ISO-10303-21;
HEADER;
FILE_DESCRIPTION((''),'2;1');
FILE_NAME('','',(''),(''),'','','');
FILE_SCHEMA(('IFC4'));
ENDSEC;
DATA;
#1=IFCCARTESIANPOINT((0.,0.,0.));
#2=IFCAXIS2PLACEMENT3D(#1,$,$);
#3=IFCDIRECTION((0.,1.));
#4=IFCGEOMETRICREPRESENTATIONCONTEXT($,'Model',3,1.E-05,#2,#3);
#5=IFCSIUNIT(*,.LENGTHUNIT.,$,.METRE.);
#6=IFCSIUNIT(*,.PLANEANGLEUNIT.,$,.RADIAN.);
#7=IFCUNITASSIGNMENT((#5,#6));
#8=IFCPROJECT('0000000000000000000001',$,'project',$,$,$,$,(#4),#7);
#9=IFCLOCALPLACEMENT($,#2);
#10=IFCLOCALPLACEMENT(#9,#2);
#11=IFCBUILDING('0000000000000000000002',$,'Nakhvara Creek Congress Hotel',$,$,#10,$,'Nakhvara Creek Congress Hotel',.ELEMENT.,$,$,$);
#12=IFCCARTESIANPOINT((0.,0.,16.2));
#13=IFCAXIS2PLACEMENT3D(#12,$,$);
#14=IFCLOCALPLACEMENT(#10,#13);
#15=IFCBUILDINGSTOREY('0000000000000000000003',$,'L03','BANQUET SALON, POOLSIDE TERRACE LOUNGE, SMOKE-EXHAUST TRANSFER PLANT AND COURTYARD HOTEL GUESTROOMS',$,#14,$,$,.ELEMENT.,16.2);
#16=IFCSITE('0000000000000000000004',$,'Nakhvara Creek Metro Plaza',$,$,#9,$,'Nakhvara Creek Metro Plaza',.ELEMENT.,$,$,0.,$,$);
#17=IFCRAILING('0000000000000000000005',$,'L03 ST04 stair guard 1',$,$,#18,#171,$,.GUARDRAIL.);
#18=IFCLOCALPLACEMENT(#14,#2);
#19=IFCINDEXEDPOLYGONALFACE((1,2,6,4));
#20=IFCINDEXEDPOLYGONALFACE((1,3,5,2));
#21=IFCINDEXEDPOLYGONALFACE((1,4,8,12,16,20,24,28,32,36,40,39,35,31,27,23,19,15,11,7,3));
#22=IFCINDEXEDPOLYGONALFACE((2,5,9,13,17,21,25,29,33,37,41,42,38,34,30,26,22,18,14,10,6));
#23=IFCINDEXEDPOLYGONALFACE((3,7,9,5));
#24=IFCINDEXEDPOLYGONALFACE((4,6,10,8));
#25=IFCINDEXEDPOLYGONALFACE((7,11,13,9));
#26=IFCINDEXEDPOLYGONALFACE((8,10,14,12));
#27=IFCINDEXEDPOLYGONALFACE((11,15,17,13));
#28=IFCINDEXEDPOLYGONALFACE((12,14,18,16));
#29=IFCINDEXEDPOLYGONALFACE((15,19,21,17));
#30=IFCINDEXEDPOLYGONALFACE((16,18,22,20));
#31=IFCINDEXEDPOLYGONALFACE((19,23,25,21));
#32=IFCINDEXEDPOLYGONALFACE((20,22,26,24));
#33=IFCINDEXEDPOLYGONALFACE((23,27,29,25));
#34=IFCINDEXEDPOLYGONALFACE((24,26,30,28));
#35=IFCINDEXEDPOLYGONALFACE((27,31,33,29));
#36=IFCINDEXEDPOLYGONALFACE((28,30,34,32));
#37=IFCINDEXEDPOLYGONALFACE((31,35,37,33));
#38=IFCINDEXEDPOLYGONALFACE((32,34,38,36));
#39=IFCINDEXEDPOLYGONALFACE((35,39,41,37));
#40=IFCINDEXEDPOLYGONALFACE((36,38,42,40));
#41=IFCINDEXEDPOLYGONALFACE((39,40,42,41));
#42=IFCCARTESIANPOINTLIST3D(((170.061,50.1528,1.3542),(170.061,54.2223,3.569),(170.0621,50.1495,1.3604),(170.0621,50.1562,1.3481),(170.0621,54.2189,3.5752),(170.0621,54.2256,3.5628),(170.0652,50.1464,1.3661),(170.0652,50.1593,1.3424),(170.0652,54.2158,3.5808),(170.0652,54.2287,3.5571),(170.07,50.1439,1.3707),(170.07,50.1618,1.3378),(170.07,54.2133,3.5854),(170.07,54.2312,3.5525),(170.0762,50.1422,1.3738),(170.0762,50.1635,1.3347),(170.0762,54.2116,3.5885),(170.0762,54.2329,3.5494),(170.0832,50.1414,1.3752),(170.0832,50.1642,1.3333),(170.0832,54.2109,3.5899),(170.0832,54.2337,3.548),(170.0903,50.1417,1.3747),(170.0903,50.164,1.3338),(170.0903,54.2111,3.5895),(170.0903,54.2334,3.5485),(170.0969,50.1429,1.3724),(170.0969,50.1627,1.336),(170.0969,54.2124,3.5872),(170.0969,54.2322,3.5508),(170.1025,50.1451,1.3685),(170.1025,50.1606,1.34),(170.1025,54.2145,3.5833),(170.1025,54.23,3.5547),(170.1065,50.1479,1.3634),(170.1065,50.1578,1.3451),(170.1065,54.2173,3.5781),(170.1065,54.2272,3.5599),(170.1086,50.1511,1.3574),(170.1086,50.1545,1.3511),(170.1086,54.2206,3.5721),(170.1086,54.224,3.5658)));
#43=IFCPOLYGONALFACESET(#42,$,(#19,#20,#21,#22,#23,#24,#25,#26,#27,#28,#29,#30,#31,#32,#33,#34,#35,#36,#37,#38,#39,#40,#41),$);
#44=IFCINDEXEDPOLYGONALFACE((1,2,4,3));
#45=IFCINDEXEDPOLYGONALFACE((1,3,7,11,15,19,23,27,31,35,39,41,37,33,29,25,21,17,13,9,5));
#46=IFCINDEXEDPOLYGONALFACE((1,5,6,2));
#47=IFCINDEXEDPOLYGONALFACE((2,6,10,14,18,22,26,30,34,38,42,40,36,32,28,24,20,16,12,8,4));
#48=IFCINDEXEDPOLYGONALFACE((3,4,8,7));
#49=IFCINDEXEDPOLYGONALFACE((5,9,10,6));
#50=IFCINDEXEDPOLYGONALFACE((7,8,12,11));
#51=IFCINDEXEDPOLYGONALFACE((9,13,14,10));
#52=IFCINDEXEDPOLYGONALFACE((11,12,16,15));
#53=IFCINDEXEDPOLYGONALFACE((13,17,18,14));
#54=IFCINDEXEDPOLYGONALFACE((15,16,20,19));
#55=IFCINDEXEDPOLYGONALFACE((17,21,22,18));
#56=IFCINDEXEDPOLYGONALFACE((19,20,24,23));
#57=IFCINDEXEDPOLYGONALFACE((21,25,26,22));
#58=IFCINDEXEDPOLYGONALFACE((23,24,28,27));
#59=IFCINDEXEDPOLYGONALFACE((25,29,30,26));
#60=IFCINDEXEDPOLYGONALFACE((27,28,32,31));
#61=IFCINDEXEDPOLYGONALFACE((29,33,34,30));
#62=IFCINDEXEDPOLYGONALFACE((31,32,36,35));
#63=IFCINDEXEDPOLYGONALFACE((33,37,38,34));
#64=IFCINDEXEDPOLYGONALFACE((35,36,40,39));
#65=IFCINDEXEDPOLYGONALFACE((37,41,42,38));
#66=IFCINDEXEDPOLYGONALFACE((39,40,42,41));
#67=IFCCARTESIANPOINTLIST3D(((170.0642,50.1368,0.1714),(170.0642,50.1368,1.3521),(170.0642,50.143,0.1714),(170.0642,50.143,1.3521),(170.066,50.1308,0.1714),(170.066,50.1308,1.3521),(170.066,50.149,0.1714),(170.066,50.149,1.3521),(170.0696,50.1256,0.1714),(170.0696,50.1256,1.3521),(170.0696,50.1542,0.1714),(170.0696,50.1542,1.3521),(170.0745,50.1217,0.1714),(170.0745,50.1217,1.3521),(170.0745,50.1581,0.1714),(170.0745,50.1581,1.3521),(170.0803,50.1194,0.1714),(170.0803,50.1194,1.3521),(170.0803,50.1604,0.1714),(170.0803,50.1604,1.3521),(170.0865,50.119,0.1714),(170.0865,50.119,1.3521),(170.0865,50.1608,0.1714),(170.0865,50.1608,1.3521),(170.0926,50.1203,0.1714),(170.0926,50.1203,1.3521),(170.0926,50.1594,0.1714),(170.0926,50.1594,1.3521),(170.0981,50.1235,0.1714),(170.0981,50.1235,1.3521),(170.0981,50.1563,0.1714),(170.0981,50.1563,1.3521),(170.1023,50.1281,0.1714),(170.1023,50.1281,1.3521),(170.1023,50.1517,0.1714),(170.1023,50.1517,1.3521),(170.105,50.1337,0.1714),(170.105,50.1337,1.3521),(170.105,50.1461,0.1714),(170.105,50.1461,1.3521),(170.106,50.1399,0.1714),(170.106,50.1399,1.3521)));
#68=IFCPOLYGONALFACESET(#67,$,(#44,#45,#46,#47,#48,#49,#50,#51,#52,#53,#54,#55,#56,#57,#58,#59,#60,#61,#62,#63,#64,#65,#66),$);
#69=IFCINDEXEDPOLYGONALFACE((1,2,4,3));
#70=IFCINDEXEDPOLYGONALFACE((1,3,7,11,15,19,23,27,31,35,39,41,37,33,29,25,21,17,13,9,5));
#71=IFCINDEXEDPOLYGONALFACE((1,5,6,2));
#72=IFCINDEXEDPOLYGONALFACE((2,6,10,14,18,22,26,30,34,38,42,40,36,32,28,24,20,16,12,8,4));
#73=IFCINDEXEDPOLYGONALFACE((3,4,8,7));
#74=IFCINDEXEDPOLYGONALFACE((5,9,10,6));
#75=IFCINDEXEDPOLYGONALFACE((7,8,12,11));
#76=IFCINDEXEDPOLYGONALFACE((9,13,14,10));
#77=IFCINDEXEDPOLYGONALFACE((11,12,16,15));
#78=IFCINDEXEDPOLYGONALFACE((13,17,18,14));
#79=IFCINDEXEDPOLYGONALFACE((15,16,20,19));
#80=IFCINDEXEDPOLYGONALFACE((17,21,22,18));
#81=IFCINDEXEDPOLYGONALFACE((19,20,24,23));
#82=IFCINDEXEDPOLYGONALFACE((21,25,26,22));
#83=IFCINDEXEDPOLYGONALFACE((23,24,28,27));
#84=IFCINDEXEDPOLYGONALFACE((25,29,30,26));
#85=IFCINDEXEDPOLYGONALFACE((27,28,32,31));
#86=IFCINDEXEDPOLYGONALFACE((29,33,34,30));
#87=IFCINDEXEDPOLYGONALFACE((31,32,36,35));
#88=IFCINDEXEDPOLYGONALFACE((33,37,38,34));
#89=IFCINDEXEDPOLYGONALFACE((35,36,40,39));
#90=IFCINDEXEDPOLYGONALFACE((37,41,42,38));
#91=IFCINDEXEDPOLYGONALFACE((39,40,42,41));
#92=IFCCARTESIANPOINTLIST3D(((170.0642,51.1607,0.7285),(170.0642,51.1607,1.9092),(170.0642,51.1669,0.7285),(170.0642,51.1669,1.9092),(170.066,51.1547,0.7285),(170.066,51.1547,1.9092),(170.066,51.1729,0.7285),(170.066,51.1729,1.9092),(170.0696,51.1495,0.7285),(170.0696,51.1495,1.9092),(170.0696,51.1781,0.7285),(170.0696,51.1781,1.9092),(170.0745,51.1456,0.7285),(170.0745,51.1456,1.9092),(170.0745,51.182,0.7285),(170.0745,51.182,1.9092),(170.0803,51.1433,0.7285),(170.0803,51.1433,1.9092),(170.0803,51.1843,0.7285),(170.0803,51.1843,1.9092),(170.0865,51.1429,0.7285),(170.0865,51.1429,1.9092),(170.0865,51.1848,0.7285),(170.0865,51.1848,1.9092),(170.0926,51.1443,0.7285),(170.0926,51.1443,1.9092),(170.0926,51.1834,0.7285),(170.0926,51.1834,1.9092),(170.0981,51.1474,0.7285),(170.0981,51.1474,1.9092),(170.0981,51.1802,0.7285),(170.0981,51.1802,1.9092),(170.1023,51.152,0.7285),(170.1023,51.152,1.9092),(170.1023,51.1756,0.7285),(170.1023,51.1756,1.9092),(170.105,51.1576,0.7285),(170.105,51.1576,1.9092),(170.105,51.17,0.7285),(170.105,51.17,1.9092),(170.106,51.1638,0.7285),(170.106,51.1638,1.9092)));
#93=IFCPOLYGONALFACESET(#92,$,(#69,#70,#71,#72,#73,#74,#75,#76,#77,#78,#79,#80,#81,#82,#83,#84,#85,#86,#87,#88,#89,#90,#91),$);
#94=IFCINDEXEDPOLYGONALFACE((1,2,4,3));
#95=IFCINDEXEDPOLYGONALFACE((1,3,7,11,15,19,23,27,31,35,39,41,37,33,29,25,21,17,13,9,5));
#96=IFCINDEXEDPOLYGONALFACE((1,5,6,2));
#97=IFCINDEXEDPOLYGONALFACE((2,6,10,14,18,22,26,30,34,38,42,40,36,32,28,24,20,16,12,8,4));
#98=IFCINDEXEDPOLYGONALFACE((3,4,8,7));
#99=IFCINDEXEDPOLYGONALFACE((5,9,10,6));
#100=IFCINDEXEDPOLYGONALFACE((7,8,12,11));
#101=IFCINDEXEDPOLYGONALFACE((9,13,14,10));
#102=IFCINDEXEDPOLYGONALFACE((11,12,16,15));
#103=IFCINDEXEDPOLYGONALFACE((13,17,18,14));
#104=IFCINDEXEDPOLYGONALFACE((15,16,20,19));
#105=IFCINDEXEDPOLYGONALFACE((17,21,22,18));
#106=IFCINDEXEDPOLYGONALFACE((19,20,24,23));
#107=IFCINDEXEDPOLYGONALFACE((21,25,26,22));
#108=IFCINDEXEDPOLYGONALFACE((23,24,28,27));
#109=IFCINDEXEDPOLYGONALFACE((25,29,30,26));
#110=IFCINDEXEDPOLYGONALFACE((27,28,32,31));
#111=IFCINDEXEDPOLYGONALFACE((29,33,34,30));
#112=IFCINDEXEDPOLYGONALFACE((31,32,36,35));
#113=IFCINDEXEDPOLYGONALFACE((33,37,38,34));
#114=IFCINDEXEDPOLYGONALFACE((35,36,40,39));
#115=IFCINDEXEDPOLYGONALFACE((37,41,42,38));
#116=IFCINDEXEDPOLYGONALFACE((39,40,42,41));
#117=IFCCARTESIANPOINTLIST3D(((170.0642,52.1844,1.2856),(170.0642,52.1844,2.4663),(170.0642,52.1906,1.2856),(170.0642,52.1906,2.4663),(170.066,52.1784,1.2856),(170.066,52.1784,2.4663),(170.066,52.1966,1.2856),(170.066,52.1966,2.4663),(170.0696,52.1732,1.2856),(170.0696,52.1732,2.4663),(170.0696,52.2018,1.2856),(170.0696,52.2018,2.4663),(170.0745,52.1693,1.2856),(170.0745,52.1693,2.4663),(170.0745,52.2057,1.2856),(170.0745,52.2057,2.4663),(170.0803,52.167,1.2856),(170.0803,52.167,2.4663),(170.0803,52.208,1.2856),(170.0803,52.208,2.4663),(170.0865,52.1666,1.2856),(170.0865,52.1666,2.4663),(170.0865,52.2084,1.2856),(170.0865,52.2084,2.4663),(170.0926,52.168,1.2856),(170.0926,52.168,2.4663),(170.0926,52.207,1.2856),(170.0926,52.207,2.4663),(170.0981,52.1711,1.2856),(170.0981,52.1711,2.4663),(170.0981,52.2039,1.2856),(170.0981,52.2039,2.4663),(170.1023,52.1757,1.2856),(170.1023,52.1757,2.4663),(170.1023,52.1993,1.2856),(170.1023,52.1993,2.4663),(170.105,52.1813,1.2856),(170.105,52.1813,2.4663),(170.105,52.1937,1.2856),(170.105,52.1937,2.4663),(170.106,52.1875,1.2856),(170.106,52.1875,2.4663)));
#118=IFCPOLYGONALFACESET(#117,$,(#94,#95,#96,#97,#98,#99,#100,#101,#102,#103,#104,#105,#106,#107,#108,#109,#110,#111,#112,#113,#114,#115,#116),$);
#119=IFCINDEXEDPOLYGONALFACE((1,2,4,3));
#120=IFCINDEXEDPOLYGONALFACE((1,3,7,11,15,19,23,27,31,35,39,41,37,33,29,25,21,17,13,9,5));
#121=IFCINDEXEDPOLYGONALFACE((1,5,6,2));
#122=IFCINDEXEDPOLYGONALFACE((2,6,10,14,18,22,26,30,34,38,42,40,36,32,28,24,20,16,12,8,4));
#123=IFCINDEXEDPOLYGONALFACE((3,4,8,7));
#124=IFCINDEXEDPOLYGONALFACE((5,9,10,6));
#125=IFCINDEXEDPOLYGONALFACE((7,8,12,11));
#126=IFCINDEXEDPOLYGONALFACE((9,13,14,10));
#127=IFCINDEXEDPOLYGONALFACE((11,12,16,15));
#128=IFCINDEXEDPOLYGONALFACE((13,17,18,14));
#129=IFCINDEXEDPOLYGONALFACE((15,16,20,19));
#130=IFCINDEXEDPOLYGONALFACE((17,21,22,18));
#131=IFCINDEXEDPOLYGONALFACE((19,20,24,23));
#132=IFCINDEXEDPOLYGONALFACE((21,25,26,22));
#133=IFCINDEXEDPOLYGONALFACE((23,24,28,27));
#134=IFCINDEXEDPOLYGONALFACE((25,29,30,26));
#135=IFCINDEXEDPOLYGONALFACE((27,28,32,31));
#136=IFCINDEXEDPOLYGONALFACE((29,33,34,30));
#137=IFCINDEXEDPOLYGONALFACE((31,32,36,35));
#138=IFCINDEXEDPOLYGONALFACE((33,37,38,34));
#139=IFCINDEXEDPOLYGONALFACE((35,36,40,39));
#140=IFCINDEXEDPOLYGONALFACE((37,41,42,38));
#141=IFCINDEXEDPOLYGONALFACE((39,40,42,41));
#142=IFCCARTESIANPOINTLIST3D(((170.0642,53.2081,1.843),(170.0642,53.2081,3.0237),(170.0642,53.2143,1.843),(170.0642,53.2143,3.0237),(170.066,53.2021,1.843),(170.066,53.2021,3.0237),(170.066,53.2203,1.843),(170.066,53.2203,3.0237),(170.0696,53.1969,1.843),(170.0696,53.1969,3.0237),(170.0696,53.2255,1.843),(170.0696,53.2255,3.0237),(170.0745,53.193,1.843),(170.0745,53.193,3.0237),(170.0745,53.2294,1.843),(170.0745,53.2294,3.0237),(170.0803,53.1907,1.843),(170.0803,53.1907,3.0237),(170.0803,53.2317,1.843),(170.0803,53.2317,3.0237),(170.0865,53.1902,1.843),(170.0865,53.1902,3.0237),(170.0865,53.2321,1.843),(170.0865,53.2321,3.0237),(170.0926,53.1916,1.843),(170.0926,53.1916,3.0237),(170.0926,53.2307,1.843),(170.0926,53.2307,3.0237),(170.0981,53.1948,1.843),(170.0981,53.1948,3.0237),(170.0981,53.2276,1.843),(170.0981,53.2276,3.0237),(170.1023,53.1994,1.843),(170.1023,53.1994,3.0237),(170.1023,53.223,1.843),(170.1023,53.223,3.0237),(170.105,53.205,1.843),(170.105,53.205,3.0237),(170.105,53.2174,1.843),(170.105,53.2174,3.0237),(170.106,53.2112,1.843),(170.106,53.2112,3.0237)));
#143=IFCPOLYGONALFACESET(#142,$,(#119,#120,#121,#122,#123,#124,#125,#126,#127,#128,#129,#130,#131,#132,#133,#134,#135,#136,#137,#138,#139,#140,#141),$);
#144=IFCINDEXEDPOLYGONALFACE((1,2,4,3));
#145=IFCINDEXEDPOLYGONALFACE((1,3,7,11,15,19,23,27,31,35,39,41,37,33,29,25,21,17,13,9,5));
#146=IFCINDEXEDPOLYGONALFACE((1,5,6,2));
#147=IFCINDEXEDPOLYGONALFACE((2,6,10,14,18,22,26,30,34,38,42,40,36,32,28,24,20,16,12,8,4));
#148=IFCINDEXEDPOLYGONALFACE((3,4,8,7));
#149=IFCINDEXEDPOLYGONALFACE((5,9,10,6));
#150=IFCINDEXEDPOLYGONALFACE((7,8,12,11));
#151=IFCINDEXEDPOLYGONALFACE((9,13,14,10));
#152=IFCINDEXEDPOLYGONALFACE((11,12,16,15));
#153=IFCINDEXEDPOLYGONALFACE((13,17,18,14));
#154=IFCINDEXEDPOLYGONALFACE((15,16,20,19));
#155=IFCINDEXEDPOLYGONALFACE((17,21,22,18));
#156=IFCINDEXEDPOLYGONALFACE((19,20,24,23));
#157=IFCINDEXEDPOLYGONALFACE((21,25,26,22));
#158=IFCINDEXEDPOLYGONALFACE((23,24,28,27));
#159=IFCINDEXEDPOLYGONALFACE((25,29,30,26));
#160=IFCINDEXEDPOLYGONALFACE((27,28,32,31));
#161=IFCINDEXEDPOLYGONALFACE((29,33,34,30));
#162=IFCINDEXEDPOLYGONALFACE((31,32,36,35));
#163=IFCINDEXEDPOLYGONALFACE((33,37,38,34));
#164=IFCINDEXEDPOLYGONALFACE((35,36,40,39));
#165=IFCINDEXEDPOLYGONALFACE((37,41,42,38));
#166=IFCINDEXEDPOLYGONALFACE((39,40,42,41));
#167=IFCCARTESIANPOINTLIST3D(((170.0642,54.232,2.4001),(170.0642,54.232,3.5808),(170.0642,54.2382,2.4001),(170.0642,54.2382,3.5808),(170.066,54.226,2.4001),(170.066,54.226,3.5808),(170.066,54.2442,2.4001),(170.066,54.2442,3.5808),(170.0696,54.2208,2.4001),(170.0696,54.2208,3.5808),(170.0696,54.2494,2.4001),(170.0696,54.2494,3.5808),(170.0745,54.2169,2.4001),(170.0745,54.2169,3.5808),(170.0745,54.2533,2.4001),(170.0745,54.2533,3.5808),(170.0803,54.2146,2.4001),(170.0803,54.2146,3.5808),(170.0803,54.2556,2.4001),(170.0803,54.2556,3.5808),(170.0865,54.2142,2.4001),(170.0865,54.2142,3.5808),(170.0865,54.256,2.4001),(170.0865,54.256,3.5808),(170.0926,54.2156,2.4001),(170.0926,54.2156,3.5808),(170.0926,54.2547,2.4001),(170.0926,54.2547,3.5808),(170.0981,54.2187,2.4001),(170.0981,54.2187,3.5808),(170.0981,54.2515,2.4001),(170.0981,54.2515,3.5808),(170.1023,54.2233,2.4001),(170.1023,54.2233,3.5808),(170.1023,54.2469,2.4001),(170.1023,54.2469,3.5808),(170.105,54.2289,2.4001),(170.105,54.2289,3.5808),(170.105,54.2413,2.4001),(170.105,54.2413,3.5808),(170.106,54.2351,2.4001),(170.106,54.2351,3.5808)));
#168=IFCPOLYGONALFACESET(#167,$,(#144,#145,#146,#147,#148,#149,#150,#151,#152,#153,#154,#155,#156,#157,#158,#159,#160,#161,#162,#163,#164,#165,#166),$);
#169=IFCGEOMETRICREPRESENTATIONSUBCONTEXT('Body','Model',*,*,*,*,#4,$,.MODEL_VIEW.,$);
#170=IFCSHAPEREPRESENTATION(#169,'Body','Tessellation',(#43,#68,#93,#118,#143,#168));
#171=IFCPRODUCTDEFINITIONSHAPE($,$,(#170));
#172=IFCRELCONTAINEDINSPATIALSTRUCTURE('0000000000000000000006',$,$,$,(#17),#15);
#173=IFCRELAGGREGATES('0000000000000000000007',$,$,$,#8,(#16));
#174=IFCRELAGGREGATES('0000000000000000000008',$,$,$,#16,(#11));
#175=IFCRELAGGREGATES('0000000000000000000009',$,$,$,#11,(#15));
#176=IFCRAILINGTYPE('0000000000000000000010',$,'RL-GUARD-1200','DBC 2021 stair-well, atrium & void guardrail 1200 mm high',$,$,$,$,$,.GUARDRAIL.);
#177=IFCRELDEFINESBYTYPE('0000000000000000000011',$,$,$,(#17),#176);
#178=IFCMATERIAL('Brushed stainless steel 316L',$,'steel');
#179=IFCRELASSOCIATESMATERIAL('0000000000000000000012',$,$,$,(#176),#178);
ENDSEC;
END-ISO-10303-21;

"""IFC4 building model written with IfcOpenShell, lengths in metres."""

from ifc_helpers import new_model, si_unit, direction, frame, origin, origin_2d, place, context, subcontext, project, spatial, circle, extrude, material, type_object, element, save


model = new_model("IFC4")

# Units and contexts
model_context = context("Model", 3, precision=1e-05, world=origin(), true_north=direction((0.0, 1.0)))
body_context = subcontext(model_context, "Body", "Model", "MODEL_VIEW")
ifc_project = project(units=[si_unit("LENGTHUNIT", "METRE"), si_unit("PLANEANGLEUNIT", "RADIAN")], contexts=[model_context])

# Site, building, storey
site_placement = place(None, origin())
site = spatial("IfcSite", under=ifc_project, at=site_placement, Name="Nakhvara Creek Metro Plaza", LongName="Nakhvara Creek Metro Plaza", CompositionType="ELEMENT", RefElevation=0.0)
building_placement = place(site_placement, origin())
building = spatial("IfcBuilding", under=site, at=building_placement, Name="Nakhvara Creek Congress Hotel", LongName="Nakhvara Creek Congress Hotel", CompositionType="ELEMENT")
storey_placement = place(building_placement, frame((0.0, 0.0, 16.2)))
storey = spatial("IfcBuildingStorey", under=building, at=storey_placement, Name="L03", Description="BANQUET SALON, POOLSIDE TERRACE LOUNGE, SMOKE-EXHAUST TRANSFER PLANT AND COURTYARD HOTEL GUESTROOMS", CompositionType="ELEMENT", Elevation=16.2)

# Railing
ifc_material_1 = material(Name="Brushed stainless steel 316L", Category="steel")
railing_type_1 = type_object("IfcRailingType", Name="RL-GUARD-1200", Description="DBC 2021 stair-well, atrium & void guardrail 1200 mm high", PredefinedType="GUARDRAIL", material=ifc_material_1)
railing_1_placement = place(storey_placement, frame((170.085, 50.1399, 0.1714)))
element("IfcRailing", 1, at=railing_1_placement, inside=storey, type_object=railing_type_1, Name="L03 ST04 stair guard 1", PredefinedType="GUARDRAIL", context=body_context, shape_type="SweptSolid", body=[
    extrude(circle(Radius=0.0239, at=origin_2d()), frame((0.0, 0.0129, 1.1829), z_axis=(0.0, 0.878345, 0.478026), x_axis=(-1.0, 0.0, 0.0)), (0.0, 0.0, 1.0), 4.6331),
    extrude(circle(Radius=0.021, at=origin_2d()), origin(), (0.0, 0.0, 1.0), 1.1807),
    extrude(circle(Radius=0.021, at=origin_2d()), frame((0.0, 1.0239, 0.5571)), (0.0, 0.0, 1.0), 1.1807),
    extrude(circle(Radius=0.021, at=origin_2d()), frame((0.0, 2.0476, 1.1143)), (0.0, 0.0, 1.0), 1.1807),
    extrude(circle(Radius=0.021, at=origin_2d()), frame((0.0, 3.0713, 1.6716)), (0.0, 0.0, 1.0), 1.1807),
    extrude(circle(Radius=0.021, at=origin_2d()), frame((0.0, 4.0952, 2.2288)), (0.0, 0.0, 1.0), 1.1807),
])

save(model, "model.ifc")
